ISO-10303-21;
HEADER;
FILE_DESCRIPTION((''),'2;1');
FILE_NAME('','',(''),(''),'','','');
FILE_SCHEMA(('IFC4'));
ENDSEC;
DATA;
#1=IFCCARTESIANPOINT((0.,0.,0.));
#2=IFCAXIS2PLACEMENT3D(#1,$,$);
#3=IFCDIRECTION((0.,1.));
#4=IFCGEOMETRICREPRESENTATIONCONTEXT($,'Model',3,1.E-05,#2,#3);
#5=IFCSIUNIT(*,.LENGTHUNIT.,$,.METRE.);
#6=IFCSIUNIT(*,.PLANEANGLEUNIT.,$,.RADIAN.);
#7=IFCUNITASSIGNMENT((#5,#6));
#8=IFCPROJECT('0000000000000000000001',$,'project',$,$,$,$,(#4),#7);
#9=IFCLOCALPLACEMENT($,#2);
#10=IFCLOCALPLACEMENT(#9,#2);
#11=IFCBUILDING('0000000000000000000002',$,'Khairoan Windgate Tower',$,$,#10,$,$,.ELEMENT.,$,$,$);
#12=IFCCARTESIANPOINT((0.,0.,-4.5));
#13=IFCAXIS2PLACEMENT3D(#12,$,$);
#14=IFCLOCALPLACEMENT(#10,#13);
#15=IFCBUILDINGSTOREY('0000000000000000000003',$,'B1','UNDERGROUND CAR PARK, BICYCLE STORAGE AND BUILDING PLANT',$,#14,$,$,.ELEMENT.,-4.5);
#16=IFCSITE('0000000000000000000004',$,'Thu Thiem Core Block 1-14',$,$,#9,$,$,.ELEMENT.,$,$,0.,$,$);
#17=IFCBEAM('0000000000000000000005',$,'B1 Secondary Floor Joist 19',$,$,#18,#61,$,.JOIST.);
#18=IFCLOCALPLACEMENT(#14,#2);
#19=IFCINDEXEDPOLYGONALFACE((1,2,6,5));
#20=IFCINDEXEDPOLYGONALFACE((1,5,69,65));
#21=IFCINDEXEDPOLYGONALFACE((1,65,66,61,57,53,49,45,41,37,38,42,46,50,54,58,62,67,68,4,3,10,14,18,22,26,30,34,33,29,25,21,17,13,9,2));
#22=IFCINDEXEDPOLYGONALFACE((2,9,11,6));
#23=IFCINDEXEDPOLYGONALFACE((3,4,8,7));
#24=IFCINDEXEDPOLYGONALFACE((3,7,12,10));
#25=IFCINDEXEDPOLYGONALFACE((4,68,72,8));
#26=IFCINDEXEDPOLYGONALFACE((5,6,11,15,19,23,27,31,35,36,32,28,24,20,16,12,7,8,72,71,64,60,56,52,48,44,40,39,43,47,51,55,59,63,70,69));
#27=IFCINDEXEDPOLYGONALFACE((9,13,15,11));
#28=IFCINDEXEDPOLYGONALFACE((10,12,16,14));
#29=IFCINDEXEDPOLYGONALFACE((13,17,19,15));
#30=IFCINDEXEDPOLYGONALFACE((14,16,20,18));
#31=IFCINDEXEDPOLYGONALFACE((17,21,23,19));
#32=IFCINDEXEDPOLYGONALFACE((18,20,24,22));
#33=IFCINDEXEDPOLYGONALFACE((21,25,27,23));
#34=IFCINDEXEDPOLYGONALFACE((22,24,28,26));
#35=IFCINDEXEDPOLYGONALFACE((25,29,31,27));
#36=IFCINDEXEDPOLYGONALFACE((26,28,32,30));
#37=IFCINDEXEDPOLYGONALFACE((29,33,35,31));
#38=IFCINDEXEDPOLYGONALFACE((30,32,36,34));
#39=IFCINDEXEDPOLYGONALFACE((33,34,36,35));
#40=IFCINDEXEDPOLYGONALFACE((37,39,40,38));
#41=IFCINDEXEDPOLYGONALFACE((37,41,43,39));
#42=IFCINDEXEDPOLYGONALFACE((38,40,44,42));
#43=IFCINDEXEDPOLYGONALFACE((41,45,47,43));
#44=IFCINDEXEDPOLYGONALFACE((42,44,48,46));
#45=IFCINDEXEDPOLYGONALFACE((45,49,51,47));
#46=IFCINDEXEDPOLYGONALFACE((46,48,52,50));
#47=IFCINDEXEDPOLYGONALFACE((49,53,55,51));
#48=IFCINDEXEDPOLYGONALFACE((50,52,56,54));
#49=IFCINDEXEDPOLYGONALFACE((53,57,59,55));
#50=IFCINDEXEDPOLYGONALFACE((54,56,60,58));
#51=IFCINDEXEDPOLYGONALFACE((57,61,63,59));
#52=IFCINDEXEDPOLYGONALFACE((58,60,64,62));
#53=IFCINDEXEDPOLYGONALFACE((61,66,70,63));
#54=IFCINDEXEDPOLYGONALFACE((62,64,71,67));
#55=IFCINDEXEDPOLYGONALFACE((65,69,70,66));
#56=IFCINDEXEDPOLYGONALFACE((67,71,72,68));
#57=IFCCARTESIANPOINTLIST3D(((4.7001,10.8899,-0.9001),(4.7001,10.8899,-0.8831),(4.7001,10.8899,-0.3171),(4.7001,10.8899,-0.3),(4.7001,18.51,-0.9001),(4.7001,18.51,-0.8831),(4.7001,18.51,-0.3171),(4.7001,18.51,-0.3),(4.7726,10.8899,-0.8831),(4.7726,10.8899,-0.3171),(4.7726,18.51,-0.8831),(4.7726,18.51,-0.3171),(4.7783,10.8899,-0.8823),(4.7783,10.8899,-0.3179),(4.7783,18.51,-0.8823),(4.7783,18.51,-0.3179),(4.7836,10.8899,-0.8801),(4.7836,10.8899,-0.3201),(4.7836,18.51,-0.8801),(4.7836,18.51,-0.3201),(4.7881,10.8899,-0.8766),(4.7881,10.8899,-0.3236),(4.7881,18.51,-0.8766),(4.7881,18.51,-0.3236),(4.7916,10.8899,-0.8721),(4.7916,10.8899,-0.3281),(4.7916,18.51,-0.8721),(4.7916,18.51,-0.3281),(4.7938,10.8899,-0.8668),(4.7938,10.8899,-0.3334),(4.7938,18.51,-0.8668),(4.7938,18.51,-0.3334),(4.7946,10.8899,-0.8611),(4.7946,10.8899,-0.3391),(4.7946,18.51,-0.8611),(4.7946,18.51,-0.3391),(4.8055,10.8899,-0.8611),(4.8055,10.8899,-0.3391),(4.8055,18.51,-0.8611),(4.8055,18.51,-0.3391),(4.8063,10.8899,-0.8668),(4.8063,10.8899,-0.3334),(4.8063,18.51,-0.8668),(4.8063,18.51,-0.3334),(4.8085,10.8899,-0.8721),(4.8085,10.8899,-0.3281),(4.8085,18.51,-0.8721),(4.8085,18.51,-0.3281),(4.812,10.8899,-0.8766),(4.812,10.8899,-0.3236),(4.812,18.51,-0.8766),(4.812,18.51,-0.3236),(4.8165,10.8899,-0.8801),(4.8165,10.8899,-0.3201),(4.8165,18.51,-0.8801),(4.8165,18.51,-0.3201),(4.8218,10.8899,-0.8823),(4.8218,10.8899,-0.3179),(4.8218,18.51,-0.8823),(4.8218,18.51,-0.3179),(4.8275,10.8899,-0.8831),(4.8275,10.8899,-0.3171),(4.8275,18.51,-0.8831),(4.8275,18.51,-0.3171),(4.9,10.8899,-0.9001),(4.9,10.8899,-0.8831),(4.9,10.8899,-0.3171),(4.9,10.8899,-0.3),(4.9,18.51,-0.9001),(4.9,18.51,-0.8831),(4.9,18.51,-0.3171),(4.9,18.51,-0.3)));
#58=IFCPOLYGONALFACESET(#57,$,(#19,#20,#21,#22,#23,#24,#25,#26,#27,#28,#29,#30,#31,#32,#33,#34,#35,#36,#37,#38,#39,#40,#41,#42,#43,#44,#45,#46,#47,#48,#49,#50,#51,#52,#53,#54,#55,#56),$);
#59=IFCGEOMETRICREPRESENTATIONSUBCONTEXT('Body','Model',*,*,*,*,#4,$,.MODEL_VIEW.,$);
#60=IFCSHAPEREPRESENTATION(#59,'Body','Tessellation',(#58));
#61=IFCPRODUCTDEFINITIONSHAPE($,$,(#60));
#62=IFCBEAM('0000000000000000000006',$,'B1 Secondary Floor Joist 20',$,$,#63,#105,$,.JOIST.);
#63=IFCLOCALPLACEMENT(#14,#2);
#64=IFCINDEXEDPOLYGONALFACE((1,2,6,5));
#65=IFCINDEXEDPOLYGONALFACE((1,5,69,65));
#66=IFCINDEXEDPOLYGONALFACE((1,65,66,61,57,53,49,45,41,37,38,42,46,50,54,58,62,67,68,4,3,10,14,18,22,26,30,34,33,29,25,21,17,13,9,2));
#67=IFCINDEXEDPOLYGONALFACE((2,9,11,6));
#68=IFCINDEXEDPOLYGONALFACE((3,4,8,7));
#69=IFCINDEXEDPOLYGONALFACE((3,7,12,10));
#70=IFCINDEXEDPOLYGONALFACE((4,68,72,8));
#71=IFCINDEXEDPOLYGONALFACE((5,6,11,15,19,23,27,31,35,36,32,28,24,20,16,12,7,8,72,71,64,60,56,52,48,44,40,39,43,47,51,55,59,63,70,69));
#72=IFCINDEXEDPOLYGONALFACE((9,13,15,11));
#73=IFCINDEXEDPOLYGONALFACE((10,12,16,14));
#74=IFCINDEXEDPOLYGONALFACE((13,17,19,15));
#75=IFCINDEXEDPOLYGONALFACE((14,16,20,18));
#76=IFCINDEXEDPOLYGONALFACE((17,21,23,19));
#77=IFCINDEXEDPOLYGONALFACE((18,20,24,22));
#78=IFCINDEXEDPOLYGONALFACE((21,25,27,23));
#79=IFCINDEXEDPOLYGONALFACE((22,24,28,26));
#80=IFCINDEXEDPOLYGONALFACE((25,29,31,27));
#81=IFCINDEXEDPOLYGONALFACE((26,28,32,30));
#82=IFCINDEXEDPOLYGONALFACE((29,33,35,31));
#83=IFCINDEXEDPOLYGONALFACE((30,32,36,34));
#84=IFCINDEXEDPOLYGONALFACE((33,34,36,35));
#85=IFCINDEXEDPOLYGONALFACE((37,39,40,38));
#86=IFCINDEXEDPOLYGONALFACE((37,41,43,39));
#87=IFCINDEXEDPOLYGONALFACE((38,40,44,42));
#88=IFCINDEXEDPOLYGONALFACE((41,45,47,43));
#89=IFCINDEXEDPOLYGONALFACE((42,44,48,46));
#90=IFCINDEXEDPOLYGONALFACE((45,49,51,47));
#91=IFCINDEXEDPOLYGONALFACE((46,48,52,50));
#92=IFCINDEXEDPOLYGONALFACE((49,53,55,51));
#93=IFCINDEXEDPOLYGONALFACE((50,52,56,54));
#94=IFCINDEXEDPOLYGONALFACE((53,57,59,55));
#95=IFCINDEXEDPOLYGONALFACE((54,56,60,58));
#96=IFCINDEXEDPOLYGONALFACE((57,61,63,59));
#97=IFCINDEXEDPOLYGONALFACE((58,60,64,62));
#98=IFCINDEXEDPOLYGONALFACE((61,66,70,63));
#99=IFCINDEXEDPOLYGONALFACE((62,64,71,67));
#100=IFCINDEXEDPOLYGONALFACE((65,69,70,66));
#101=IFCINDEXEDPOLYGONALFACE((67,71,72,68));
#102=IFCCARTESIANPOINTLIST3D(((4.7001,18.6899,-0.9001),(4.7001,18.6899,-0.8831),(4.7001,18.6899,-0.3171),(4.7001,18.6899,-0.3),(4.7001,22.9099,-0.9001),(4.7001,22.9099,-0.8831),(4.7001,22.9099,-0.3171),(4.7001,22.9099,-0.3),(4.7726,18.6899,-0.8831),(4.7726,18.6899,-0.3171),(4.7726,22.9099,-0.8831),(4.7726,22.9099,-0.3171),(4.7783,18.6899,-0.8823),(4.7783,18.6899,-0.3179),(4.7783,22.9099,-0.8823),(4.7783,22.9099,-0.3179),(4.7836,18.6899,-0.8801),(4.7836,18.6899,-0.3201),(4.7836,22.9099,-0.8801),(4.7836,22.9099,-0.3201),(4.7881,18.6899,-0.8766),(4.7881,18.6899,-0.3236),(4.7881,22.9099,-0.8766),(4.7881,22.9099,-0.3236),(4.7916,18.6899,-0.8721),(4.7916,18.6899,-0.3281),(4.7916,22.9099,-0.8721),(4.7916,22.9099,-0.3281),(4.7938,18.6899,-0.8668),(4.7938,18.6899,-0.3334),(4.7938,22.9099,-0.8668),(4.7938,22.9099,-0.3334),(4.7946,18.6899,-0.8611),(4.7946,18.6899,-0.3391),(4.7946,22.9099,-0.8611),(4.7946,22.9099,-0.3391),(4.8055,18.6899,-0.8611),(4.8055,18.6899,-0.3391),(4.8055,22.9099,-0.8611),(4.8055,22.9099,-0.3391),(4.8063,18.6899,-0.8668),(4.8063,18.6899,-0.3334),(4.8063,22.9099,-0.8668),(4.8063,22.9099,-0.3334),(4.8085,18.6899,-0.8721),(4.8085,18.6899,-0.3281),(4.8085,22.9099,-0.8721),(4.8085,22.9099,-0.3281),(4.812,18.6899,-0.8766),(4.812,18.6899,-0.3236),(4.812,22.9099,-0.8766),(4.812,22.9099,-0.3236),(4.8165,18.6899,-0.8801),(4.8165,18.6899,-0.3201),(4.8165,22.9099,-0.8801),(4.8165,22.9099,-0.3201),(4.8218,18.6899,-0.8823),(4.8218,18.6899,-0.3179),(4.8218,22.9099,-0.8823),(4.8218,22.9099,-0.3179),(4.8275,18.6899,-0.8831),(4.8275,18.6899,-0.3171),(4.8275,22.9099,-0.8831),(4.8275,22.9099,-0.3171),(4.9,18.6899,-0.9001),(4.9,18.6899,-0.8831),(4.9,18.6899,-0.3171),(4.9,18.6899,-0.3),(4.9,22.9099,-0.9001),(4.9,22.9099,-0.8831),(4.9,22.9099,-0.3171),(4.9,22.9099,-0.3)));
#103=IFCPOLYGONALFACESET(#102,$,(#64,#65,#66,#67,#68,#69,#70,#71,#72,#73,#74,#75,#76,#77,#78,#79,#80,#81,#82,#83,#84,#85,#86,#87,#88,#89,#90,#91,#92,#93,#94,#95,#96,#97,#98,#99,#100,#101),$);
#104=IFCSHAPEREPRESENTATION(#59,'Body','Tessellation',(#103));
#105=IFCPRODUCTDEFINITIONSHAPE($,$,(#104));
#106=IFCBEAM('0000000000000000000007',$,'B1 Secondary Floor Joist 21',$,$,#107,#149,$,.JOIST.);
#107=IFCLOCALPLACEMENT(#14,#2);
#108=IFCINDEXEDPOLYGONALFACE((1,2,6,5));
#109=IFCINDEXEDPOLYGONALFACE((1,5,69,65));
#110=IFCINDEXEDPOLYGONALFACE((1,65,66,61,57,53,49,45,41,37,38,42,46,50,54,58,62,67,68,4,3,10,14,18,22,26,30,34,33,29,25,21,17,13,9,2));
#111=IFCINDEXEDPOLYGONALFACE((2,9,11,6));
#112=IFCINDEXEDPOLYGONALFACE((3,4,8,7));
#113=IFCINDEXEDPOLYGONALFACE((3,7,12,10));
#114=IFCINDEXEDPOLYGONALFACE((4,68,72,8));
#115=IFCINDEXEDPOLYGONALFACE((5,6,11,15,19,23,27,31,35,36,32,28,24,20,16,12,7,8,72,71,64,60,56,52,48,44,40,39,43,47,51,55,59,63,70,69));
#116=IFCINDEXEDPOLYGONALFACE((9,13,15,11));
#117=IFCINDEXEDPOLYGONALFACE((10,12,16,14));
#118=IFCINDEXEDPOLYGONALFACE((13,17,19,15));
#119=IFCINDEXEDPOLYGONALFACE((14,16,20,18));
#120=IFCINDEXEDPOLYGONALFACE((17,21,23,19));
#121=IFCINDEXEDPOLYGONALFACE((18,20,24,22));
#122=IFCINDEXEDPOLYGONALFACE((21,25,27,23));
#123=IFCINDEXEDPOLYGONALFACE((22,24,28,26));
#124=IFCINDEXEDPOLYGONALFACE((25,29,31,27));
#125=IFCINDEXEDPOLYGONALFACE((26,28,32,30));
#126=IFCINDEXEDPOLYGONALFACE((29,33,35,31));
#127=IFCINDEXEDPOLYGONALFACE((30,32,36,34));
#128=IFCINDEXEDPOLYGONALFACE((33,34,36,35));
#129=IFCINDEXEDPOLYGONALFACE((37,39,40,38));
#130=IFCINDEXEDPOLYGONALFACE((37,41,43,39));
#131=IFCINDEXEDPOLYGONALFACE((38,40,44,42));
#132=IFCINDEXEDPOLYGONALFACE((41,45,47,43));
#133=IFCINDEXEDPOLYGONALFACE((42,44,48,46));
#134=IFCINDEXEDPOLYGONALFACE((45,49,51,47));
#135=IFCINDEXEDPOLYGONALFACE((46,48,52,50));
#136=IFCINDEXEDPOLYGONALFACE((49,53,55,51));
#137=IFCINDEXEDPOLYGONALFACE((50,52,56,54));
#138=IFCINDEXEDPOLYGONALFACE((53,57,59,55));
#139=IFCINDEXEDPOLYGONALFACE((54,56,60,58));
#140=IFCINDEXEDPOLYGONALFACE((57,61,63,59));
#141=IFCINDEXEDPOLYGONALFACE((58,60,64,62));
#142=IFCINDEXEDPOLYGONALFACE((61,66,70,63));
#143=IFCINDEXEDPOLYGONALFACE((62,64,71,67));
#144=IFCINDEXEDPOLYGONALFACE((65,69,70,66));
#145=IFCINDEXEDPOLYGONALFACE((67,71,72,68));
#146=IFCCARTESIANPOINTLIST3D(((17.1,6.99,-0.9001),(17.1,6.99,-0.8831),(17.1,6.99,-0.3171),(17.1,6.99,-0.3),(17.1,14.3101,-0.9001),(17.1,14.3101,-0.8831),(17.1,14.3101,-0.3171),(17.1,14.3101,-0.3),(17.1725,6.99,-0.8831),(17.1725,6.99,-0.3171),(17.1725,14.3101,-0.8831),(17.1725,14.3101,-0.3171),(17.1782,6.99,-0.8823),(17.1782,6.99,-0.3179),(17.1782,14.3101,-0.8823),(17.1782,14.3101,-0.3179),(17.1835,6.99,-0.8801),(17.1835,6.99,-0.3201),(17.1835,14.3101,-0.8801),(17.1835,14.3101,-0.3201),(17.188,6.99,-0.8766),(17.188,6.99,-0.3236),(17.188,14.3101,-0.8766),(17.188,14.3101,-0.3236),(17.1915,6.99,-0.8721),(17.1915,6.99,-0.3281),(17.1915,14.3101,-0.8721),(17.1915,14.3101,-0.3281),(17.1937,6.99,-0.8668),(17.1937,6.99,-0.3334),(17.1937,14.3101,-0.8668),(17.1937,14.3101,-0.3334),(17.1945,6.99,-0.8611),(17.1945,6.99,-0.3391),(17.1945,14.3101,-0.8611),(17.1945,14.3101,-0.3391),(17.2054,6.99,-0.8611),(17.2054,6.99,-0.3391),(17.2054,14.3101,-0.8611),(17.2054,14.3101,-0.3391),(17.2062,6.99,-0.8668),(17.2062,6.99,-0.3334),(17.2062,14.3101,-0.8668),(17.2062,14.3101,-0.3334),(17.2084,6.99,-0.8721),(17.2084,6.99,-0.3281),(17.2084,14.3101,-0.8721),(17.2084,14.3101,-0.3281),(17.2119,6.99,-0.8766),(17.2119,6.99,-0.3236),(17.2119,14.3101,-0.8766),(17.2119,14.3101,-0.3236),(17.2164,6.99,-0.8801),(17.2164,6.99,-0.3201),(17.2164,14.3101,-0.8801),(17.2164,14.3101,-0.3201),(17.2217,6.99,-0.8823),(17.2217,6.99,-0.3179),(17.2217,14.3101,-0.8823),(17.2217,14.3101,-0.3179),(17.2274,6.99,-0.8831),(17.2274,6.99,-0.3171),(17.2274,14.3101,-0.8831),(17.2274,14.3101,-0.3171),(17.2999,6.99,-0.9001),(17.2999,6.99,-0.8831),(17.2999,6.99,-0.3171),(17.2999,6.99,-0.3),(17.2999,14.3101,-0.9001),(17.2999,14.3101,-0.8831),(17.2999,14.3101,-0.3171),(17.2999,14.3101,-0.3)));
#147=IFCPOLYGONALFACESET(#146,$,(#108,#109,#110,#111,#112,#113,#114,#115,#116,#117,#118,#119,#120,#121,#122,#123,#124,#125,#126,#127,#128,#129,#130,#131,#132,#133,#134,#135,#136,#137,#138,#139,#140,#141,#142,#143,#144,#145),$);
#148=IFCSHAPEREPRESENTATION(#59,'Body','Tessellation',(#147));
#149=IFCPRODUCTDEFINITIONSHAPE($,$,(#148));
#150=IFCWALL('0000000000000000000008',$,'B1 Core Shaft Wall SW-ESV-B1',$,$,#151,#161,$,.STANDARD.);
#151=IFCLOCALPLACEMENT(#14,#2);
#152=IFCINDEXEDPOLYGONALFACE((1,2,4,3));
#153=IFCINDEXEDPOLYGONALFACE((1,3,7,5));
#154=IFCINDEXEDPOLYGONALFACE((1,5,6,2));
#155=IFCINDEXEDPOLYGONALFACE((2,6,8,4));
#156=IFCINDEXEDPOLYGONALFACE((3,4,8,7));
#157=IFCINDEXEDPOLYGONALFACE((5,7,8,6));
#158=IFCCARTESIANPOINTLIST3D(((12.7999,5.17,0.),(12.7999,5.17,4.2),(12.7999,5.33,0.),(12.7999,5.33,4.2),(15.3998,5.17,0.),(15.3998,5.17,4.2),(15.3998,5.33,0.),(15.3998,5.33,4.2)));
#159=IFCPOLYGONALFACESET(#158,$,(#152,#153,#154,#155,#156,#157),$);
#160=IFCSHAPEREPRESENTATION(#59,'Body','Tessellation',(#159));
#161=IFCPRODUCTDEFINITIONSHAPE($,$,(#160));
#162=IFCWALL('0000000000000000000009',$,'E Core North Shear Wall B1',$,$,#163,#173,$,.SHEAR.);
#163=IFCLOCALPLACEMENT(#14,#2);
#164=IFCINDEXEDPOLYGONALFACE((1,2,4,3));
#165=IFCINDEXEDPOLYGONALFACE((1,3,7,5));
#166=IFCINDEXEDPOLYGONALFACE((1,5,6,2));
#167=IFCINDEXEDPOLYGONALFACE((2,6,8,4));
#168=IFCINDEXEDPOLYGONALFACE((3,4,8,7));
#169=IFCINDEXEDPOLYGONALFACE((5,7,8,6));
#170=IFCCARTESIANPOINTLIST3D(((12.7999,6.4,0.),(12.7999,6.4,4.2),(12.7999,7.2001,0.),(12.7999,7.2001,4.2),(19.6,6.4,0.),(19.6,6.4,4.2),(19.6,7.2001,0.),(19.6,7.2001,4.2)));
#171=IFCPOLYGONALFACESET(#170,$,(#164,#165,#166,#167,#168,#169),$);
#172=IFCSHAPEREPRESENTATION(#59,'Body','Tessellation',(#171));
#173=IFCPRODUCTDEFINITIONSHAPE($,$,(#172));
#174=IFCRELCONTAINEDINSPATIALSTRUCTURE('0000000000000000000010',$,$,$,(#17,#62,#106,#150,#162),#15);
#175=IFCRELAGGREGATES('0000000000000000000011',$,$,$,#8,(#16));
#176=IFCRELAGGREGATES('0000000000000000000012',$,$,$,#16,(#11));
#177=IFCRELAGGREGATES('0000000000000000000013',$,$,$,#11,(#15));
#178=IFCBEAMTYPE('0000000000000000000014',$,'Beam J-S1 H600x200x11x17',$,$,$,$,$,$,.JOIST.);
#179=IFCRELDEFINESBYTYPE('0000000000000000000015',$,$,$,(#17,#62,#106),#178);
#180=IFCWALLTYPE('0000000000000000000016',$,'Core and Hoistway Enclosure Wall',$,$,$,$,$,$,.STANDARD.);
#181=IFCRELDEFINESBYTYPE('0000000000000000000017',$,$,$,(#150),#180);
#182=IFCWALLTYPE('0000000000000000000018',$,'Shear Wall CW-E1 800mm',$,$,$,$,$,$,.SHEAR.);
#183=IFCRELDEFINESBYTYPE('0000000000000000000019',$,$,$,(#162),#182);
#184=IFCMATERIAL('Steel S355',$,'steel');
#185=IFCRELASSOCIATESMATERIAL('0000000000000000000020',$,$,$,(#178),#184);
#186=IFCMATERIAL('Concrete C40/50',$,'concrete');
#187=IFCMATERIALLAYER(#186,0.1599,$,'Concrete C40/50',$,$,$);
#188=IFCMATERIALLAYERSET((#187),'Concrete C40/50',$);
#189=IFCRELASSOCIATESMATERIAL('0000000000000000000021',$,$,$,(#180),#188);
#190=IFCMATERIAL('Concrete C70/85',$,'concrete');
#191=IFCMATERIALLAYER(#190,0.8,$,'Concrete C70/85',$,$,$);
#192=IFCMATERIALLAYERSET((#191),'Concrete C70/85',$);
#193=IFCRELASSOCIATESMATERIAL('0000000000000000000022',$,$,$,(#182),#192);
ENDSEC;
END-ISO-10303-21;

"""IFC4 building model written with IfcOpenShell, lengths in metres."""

from ifc_helpers import new_model, si_unit, direction, frame, frame_2d, origin, origin_2d, place, context, subcontext, project, spatial, rectangle, i_section, extrude, material, layer, layer_set, material_profile, profile_set, type_object, element, save


model = new_model("IFC4")

# Units and contexts
model_context = context("Model", 3, precision=1e-05, world=origin(), true_north=direction((0.0, 1.0)))
body_context = subcontext(model_context, "Body", "Model", "MODEL_VIEW")
ifc_project = project(units=[si_unit("LENGTHUNIT", "METRE"), si_unit("PLANEANGLEUNIT", "RADIAN")], contexts=[model_context])

# Site, building, storey
site_placement = place(None, origin())
site = spatial("IfcSite", under=ifc_project, at=site_placement, Name="Thu Thiem Core Block 1-14", CompositionType="ELEMENT", RefElevation=0.0)
building_placement = place(site_placement, origin())
building = spatial("IfcBuilding", under=site, at=building_placement, Name="Khairoan Windgate Tower", CompositionType="ELEMENT")
storey_placement = place(building_placement, frame((0.0, 0.0, -4.5)))
storey = spatial("IfcBuildingStorey", under=building, at=storey_placement, Name="B1", Description="UNDERGROUND CAR PARK, BICYCLE STORAGE AND BUILDING PLANT", CompositionType="ELEMENT", Elevation=-4.5)

# Beams
ifc_material_1 = material(Name="Steel S355", Category="steel")
ifc_material_profile_1 = material_profile(ifc_material_1, i_section(OverallWidth=0.2, OverallDepth=0.6001, WebThickness=0.011, FlangeThickness=0.0171, FilletRadius=0.022, at=origin_2d()))
ifc_profile_set_1 = profile_set([ifc_material_profile_1], Name="Steel S355")
beam_type_1 = type_object("IfcBeamType", Name="Beam J-S1 H600x200x11x17", PredefinedType="JOIST", material=ifc_profile_set_1)
beam_1_placement = place(storey_placement, frame((4.8, 10.8899, -0.6001), z_axis=(0.0, 1.0, 0.0), x_axis=(-1.0, 0.0, 0.0)))
element("IfcBeam", 1, at=beam_1_placement, inside=storey, type_object=beam_type_1, Name="B1 Secondary Floor Joist 19", PredefinedType="JOIST", context=body_context, shape_type="SweptSolid", body=[
    extrude(i_section(OverallWidth=0.2, OverallDepth=0.6001, WebThickness=0.011, FlangeThickness=0.0171, FilletRadius=0.022, at=origin_2d()), origin(), (0.0, 0.0, 1.0), 7.6201),
])
beam_2_placement = place(storey_placement, frame((4.8, 18.6899, -0.6001), z_axis=(0.0, 1.0, 0.0), x_axis=(-1.0, 0.0, 0.0)))
element("IfcBeam", 2, at=beam_2_placement, inside=storey, type_object=beam_type_1, Name="B1 Secondary Floor Joist 20", PredefinedType="JOIST", context=body_context, shape_type="SweptSolid", body=[
    extrude(i_section(OverallWidth=0.2, OverallDepth=0.6001, WebThickness=0.011, FlangeThickness=0.0171, FilletRadius=0.022, at=origin_2d()), origin(), (0.0, 0.0, 1.0), 4.22),
])
beam_3_placement = place(storey_placement, frame((17.2, 6.99, -0.6001), z_axis=(0.0, 1.0, 0.0), x_axis=(-1.0, 0.0, 0.0)))
element("IfcBeam", 3, at=beam_3_placement, inside=storey, type_object=beam_type_1, Name="B1 Secondary Floor Joist 21", PredefinedType="JOIST", context=body_context, shape_type="SweptSolid", body=[
    extrude(i_section(OverallWidth=0.2, OverallDepth=0.6001, WebThickness=0.011, FlangeThickness=0.0171, FilletRadius=0.022, at=origin_2d()), origin(), (0.0, 0.0, 1.0), 7.3201),
])

# Walls
ifc_material_2 = material(Name="Concrete C40/50", Category="concrete")
ifc_layer_1 = layer(ifc_material_2, 0.1599, Name="Concrete C40/50")
ifc_layer_set_1 = layer_set([ifc_layer_1], Name="Concrete C40/50")
wall_type_1 = type_object("IfcWallType", Name="Core and Hoistway Enclosure Wall", PredefinedType="STANDARD", material=ifc_layer_set_1)
wall_1_placement = place(storey_placement, frame((12.8, 5.25, 0.0), z_axis=(0.0, 0.0, 1.0), x_axis=(1.0, 0.0, 0.0)))
element("IfcWall", 4, at=wall_1_placement, inside=storey, type_object=wall_type_1, Name="B1 Core Shaft Wall SW-ESV-B1", PredefinedType="STANDARD", context=body_context, shape_type="SweptSolid", body=[
    extrude(rectangle(XDim=2.5999, YDim=0.1599, at=frame_2d((1.2998, 0.0))), origin(), (0.0, 0.0, 1.0), 4.2),
])
ifc_material_3 = material(Name="Concrete C70/85", Category="concrete")
ifc_layer_2 = layer(ifc_material_3, 0.8, Name="Concrete C70/85")
ifc_layer_set_2 = layer_set([ifc_layer_2], Name="Concrete C70/85")
wall_type_2 = type_object("IfcWallType", Name="Shear Wall CW-E1 800mm", PredefinedType="SHEAR", material=ifc_layer_set_2)
wall_2_placement = place(storey_placement, frame((12.8, 6.8, 0.0), z_axis=(0.0, 0.0, 1.0), x_axis=(1.0, 0.0, 0.0)))
element("IfcWall", 5, at=wall_2_placement, inside=storey, type_object=wall_type_2, Name="E Core North Shear Wall B1", PredefinedType="SHEAR", context=body_context, shape_type="SweptSolid", body=[
    extrude(rectangle(XDim=6.8, YDim=0.8, at=frame_2d((3.3999, 0.0))), origin(), (0.0, 0.0, 1.0), 4.2),
])

save(model, "model.ifc")
